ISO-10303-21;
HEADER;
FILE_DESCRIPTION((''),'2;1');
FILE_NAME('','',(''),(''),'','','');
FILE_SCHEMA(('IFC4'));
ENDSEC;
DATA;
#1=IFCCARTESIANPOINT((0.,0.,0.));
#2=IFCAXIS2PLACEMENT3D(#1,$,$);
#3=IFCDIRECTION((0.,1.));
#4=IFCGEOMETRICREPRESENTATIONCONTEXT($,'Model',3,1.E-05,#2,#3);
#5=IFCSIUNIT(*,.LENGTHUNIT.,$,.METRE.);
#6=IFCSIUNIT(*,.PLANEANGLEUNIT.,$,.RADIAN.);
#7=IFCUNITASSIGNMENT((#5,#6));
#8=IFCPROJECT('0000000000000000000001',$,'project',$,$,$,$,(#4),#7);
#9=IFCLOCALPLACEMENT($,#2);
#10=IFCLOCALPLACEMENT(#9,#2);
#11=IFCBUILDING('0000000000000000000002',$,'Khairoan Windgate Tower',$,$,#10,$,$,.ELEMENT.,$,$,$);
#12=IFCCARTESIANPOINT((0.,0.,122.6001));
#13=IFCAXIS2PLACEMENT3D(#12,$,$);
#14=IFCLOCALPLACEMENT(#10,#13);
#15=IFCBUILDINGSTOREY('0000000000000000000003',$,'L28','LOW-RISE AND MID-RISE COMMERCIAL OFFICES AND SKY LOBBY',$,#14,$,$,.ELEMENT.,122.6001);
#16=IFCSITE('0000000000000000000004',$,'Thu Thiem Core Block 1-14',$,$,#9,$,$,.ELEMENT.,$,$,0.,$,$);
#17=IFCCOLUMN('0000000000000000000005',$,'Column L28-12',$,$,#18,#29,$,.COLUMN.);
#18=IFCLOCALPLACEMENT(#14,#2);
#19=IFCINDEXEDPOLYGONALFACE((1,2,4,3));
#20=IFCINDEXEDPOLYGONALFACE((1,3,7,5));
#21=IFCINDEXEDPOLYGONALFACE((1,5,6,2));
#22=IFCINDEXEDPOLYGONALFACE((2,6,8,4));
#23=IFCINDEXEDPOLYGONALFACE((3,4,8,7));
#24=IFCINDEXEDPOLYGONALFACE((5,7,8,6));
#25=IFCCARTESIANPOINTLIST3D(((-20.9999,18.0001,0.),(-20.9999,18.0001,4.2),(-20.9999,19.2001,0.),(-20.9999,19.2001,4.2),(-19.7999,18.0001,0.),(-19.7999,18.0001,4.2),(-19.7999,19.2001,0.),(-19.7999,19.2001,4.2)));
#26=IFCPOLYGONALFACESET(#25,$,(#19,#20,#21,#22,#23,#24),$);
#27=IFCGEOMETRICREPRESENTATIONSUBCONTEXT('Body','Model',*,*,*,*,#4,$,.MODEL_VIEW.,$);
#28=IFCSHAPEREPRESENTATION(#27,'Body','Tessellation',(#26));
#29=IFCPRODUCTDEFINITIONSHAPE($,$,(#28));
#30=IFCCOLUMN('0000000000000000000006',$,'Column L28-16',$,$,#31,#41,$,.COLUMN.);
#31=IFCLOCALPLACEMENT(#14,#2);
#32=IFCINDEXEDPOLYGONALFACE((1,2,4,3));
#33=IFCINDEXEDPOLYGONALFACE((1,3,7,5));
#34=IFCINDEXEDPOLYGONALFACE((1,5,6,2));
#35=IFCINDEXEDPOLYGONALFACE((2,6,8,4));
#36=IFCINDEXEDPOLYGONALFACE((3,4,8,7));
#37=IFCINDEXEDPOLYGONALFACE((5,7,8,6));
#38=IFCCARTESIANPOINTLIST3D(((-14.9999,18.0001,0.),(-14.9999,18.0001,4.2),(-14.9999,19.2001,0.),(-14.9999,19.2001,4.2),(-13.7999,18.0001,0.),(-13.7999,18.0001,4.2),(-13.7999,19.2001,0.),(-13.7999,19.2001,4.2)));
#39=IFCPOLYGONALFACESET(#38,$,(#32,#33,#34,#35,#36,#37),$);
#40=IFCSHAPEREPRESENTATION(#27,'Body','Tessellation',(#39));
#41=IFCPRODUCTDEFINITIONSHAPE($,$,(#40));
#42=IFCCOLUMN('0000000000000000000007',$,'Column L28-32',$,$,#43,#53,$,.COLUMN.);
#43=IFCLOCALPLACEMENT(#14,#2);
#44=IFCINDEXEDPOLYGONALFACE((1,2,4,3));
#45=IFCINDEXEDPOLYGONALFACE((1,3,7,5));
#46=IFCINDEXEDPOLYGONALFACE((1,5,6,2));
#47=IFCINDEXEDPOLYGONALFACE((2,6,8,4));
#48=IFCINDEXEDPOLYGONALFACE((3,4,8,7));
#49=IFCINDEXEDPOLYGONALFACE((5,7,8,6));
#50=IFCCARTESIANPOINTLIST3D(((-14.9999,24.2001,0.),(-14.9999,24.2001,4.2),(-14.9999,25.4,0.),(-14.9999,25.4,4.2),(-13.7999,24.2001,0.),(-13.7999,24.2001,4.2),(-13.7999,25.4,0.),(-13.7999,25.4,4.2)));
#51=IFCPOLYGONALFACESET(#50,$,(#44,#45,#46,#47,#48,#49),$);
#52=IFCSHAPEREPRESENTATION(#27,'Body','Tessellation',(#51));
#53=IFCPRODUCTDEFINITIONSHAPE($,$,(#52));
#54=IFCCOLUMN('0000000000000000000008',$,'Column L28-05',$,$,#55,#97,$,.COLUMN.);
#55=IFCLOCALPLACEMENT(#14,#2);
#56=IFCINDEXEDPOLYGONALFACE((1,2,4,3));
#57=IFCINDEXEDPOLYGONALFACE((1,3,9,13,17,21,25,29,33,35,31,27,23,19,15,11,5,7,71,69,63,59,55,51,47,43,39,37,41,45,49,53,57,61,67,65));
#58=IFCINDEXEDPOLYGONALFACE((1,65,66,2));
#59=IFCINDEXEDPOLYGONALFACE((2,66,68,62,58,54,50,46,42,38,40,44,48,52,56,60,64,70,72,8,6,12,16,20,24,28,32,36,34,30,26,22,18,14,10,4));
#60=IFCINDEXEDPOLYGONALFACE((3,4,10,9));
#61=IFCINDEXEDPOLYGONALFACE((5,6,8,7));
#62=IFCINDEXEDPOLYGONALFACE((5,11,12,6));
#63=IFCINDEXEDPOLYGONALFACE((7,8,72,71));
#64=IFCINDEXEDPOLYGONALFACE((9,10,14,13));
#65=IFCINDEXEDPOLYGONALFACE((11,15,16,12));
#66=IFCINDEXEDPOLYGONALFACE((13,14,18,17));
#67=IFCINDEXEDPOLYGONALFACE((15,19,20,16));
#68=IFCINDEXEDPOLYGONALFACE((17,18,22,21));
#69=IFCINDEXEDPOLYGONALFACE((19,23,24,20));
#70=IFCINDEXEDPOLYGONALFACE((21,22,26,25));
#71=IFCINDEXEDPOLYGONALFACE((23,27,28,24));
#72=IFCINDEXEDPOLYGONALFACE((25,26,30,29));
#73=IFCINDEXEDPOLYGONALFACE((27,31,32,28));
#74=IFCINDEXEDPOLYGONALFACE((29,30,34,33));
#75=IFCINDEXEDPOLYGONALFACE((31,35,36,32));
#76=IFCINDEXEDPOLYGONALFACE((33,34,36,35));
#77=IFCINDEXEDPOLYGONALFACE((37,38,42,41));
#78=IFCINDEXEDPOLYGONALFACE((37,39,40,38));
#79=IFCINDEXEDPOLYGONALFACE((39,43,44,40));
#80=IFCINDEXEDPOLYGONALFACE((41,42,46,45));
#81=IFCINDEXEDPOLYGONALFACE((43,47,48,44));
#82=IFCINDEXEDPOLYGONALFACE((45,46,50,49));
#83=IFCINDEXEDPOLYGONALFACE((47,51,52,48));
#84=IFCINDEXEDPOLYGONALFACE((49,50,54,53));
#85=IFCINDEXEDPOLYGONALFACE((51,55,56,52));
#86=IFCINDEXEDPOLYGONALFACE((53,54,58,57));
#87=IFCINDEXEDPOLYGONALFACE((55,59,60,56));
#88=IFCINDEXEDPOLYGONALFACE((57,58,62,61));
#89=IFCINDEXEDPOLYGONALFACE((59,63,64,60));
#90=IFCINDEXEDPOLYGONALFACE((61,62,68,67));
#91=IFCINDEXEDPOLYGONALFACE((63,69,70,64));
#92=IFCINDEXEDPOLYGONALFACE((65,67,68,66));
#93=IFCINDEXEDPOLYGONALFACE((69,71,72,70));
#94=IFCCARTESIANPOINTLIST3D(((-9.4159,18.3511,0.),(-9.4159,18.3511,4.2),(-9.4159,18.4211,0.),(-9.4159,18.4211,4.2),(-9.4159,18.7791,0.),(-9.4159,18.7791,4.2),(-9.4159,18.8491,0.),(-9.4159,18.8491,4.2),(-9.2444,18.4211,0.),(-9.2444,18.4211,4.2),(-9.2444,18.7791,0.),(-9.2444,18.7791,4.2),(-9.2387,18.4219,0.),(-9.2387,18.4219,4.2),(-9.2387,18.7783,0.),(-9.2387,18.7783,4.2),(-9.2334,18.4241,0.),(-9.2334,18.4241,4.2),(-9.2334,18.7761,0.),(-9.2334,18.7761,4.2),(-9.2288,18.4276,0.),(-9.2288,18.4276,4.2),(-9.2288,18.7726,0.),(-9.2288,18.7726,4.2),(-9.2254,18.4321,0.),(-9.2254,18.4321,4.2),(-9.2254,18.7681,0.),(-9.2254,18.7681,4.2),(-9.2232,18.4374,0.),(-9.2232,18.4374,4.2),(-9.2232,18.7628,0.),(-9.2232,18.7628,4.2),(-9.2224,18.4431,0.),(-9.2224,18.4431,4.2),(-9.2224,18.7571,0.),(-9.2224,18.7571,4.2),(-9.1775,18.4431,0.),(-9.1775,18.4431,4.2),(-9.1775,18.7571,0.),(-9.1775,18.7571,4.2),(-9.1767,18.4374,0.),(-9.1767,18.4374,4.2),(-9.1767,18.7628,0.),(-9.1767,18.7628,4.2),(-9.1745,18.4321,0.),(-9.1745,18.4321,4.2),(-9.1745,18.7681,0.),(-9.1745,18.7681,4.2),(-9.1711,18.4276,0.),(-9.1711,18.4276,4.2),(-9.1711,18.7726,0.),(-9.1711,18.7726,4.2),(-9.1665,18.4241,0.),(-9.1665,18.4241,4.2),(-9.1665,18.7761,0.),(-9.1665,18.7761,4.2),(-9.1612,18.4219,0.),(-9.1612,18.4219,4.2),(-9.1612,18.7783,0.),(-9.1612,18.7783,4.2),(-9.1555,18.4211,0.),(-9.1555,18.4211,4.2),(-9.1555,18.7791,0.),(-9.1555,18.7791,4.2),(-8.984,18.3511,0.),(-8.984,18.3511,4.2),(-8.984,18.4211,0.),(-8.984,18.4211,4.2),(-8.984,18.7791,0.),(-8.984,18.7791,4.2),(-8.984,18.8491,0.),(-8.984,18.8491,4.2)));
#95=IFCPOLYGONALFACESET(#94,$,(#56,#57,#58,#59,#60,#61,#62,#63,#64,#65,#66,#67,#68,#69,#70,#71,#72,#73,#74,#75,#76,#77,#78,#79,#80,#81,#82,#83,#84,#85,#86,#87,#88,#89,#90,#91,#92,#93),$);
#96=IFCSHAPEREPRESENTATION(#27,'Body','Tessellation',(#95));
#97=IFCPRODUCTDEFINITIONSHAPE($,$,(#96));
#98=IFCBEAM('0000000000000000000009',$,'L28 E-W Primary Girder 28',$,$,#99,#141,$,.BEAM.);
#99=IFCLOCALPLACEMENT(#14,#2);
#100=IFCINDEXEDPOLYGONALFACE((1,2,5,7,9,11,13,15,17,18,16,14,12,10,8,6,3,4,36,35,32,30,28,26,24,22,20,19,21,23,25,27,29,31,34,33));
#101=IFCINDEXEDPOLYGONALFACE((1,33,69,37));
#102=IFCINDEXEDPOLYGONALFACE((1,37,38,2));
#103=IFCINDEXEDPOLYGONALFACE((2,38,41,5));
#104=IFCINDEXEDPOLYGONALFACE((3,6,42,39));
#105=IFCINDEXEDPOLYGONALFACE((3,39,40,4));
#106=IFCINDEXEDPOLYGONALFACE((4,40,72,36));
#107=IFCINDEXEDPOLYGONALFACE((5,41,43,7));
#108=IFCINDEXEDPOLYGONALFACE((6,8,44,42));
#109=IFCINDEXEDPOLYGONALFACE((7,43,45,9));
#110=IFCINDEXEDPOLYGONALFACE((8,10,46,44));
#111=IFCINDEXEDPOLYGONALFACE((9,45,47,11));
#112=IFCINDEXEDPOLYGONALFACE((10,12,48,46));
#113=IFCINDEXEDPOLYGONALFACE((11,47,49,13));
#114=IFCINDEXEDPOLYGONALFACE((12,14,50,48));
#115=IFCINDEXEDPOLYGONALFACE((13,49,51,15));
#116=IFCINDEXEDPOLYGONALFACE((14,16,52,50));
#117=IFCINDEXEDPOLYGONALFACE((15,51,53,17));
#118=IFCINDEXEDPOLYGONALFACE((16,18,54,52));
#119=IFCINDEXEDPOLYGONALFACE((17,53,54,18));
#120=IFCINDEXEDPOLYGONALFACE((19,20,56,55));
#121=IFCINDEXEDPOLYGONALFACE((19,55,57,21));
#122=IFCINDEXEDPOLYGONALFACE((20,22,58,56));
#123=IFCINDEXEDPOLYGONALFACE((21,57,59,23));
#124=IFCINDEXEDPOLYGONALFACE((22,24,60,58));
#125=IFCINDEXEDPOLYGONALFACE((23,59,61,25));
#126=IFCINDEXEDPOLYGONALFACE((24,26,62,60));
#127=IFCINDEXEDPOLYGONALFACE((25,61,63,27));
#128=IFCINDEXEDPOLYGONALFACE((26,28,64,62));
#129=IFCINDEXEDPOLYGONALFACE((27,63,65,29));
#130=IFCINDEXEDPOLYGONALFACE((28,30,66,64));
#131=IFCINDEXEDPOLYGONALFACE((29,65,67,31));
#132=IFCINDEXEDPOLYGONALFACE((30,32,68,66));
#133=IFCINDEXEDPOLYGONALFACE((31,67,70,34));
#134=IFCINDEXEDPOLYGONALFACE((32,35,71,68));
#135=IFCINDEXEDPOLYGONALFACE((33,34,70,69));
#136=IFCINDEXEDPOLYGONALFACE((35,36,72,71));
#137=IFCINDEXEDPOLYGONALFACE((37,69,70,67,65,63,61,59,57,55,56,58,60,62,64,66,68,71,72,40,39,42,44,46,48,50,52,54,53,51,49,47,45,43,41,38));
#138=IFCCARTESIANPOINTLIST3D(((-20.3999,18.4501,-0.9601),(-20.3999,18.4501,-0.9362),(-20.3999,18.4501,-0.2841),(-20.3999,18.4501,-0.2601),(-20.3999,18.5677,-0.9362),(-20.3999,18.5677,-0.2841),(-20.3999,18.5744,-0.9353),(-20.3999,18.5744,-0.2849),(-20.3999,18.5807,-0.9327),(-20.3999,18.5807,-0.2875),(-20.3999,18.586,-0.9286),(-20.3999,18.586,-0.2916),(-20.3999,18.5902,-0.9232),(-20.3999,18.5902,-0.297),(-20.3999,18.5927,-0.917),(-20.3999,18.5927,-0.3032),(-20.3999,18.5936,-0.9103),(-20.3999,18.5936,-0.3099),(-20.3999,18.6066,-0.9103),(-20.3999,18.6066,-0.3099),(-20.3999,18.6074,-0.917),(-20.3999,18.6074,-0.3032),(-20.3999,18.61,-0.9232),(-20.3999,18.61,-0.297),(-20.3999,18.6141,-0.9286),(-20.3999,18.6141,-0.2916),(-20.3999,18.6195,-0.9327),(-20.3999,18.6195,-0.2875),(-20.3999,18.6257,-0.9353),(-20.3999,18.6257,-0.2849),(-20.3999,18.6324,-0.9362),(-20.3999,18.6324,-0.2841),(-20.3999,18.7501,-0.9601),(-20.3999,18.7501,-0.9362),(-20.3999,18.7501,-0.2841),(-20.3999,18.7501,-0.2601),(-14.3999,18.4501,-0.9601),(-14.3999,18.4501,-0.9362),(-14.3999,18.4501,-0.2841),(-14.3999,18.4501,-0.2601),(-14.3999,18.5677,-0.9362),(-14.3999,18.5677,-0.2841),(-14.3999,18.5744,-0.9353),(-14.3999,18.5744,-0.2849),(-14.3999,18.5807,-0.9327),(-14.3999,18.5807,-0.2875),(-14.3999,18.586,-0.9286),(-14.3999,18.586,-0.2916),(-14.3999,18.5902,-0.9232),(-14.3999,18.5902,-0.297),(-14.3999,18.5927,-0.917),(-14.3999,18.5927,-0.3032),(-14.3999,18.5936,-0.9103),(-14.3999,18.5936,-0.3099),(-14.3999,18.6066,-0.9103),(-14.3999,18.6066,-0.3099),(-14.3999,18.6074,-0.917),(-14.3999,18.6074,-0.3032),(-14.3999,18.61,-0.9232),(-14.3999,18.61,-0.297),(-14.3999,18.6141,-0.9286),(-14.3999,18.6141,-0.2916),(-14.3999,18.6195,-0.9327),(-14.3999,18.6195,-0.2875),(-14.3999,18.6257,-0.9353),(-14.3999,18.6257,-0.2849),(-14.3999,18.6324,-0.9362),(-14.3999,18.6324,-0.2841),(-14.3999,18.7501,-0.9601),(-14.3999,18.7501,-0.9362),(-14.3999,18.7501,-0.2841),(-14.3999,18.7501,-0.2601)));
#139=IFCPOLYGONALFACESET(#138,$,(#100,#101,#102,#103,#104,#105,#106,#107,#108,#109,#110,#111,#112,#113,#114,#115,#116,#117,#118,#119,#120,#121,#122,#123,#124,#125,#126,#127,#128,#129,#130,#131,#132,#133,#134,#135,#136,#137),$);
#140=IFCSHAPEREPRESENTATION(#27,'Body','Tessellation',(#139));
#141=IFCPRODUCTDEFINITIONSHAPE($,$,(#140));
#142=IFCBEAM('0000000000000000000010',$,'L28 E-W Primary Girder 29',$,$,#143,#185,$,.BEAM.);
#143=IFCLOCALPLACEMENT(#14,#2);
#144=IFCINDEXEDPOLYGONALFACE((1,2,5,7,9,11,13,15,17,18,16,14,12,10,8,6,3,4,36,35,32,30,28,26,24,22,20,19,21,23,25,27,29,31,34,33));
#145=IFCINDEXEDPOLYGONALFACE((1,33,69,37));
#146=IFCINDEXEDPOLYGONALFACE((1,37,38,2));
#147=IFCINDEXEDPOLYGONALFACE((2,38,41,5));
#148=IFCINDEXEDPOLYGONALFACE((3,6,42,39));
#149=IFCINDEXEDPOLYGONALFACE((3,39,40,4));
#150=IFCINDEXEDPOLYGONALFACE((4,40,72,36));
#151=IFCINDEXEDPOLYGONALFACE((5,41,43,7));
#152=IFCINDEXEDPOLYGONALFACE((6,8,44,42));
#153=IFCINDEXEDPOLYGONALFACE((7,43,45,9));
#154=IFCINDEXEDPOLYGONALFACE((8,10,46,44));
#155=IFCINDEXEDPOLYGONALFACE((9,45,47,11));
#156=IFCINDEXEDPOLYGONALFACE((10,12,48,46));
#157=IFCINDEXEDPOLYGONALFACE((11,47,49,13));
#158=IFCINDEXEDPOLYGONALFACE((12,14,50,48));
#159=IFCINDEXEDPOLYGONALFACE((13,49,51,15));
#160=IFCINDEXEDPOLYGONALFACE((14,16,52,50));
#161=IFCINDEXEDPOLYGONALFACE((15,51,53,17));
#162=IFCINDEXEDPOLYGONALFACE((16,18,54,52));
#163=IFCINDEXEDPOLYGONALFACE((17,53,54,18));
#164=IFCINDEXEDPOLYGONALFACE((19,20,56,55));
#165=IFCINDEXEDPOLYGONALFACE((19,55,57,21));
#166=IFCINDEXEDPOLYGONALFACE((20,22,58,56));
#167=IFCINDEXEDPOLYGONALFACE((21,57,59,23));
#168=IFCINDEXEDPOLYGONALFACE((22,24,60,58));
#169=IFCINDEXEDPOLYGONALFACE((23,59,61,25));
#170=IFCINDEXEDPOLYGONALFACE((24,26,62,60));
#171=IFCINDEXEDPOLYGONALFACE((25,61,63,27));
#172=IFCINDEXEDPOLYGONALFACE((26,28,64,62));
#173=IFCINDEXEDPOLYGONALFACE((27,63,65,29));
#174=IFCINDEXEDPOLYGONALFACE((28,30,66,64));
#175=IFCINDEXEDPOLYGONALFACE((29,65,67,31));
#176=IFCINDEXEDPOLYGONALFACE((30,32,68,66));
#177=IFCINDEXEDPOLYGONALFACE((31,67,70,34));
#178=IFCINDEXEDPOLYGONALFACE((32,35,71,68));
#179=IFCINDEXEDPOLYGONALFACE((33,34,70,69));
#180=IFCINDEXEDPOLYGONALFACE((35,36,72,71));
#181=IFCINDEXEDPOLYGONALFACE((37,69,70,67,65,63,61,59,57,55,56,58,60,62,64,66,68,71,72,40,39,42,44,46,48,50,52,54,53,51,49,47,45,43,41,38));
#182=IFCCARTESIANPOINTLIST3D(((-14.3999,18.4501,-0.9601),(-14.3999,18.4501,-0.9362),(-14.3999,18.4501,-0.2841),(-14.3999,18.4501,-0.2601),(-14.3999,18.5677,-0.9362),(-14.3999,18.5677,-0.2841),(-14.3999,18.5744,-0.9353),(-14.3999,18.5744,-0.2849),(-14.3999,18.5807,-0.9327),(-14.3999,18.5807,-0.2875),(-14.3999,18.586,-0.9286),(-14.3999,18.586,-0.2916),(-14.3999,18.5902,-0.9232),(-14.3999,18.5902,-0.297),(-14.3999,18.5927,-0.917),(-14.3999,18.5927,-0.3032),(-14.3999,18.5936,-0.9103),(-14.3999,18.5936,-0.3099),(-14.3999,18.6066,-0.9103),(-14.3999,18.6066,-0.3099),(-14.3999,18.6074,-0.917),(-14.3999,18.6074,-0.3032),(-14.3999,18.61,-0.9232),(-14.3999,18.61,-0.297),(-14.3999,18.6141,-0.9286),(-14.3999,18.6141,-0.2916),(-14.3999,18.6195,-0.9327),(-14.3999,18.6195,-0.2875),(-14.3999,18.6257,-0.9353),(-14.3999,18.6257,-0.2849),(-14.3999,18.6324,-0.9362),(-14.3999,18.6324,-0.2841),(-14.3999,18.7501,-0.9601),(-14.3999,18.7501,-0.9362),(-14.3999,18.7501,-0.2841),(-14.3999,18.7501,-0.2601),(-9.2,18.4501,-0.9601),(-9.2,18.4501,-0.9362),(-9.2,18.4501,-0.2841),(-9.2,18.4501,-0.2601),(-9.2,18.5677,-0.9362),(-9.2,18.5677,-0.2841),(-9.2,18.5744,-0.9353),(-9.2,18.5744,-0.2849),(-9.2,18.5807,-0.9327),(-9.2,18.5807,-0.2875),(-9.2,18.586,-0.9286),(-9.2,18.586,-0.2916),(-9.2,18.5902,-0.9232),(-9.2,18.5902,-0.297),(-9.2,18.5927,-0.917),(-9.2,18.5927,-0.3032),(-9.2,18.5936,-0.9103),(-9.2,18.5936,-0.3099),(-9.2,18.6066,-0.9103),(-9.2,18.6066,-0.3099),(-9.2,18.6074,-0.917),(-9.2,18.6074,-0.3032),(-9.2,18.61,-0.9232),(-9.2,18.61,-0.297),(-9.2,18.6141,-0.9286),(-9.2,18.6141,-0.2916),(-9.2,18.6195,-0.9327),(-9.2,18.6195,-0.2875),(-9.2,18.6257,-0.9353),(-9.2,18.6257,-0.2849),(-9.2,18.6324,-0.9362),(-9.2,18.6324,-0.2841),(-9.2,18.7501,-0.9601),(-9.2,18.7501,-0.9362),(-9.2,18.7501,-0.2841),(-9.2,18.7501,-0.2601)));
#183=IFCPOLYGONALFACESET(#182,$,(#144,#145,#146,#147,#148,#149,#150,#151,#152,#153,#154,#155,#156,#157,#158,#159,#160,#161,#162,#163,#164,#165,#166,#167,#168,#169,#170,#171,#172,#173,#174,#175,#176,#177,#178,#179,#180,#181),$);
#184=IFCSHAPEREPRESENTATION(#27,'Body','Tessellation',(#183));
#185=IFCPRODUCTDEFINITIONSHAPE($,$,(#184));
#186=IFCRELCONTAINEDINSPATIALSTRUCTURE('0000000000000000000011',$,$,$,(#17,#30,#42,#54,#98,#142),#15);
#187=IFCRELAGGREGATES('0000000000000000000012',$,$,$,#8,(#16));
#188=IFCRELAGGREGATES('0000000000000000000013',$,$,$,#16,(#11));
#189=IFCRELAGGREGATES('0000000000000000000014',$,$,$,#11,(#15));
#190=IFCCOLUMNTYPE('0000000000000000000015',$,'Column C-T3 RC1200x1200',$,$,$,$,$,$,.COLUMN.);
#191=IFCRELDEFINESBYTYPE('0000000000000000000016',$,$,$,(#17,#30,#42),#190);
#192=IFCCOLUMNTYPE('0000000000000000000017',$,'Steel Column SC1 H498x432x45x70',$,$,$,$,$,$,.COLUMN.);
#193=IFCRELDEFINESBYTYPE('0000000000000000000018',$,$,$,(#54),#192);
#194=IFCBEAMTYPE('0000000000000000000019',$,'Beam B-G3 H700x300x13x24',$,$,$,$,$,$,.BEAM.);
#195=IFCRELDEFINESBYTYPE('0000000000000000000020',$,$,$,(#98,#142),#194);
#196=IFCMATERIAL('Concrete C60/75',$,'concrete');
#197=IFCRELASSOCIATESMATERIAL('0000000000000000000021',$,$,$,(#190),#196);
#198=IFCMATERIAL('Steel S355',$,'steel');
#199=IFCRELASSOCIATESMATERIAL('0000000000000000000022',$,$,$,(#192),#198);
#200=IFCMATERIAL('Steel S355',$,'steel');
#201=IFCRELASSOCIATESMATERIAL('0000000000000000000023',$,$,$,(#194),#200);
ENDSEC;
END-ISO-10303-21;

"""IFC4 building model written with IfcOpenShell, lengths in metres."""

from ifc_helpers import new_model, si_unit, direction, frame, origin, origin_2d, place, context, subcontext, project, spatial, rectangle, i_section, extrude, material, material_profile, profile_set, type_object, element, save


model = new_model("IFC4")

# Units and contexts
model_context = context("Model", 3, precision=1e-05, world=origin(), true_north=direction((0.0, 1.0)))
body_context = subcontext(model_context, "Body", "Model", "MODEL_VIEW")
ifc_project = project(units=[si_unit("LENGTHUNIT", "METRE"), si_unit("PLANEANGLEUNIT", "RADIAN")], contexts=[model_context])

# Site, building, storey
site_placement = place(None, origin())
site = spatial("IfcSite", under=ifc_project, at=site_placement, Name="Thu Thiem Core Block 1-14", CompositionType="ELEMENT", RefElevation=0.0)
building_placement = place(site_placement, origin())
building = spatial("IfcBuilding", under=site, at=building_placement, Name="Khairoan Windgate Tower", CompositionType="ELEMENT")
storey_placement = place(building_placement, frame((0.0, 0.0, 122.6001)))
storey = spatial("IfcBuildingStorey", under=building, at=storey_placement, Name="L28", Description="LOW-RISE AND MID-RISE COMMERCIAL OFFICES AND SKY LOBBY", CompositionType="ELEMENT", Elevation=122.6001)

# Columns
ifc_material_1 = material(Name="Concrete C60/75", Category="concrete")
ifc_material_profile_1 = material_profile(ifc_material_1, rectangle(XDim=1.2, YDim=1.2, at=origin_2d()))
ifc_profile_set_1 = profile_set([ifc_material_profile_1], Name="Concrete C60/75")
column_type_1 = type_object("IfcColumnType", Name="Column C-T3 RC1200x1200", PredefinedType="COLUMN", material=ifc_profile_set_1)
for number, where, z_axis, x_axis, name in (
    (1, (-20.3999, 18.6001, 0.0), (0.0, 0.0, 1.0), (1.0, 0.0, 0.0), "Column L28-12"),
    (2, (-14.3999, 18.6001, 0.0), (0.0, 0.0, 1.0), (1.0, 0.0, 0.0), "Column L28-16"),
    (3, (-14.3999, 24.8, 0.0), (0.0, 0.0, 1.0), (1.0, 0.0, 0.0), "Column L28-32"),
):
    element("IfcColumn", number, at=place(storey_placement, frame(where, z_axis=z_axis, x_axis=x_axis)), inside=storey, type_object=column_type_1, Name=name, PredefinedType="COLUMN", context=body_context, shape_type="SweptSolid", body=[
        extrude(rectangle(XDim=1.2, YDim=1.2, at=origin_2d()), origin(), (0.0, 0.0, 1.0), 4.2),
    ])
ifc_material_2 = material(Name="Steel S355", Category="steel")
ifc_material_profile_2 = material_profile(ifc_material_2, i_section(OverallWidth=0.4319, OverallDepth=0.498, WebThickness=0.0449, FlangeThickness=0.0701, FilletRadius=0.022, at=origin_2d()))
ifc_profile_set_2 = profile_set([ifc_material_profile_2], Name="Steel S355")
column_type_2 = type_object("IfcColumnType", Name="Steel Column SC1 H498x432x45x70", PredefinedType="COLUMN", material=ifc_profile_set_2)
column_placement = place(storey_placement, frame((-9.2, 18.6001, 0.0), z_axis=(0.0, 0.0, 1.0), x_axis=(1.0, 0.0, 0.0)))
element("IfcColumn", 4, at=column_placement, inside=storey, type_object=column_type_2, Name="Column L28-05", PredefinedType="COLUMN", context=body_context, shape_type="SweptSolid", body=[
    extrude(i_section(OverallWidth=0.4319, OverallDepth=0.498, WebThickness=0.0449, FlangeThickness=0.0701, FilletRadius=0.022, at=origin_2d()), origin(), (0.0, 0.0, 1.0), 4.2),
])

# Beams
ifc_material_3 = material(Name="Steel S355", Category="steel")
ifc_material_profile_3 = material_profile(ifc_material_3, i_section(OverallWidth=0.3, OverallDepth=0.7, WebThickness=0.0129, FlangeThickness=0.0239, FilletRadius=0.0259, at=origin_2d()))
ifc_profile_set_3 = profile_set([ifc_material_profile_3], Name="Steel S355")
beam_type = type_object("IfcBeamType", Name="Beam B-G3 H700x300x13x24", PredefinedType="BEAM", material=ifc_profile_set_3)
beam_1_placement = place(storey_placement, frame((-20.3999, 18.6001, -0.6101), z_axis=(1.0, 0.0, 0.0), x_axis=(0.0, 1.0, 0.0)))
element("IfcBeam", 5, at=beam_1_placement, inside=storey, type_object=beam_type, Name="L28 E-W Primary Girder 28", PredefinedType="BEAM", context=body_context, shape_type="SweptSolid", body=[
    extrude(i_section(OverallWidth=0.3, OverallDepth=0.7, WebThickness=0.0129, FlangeThickness=0.0239, FilletRadius=0.0259, at=origin_2d()), origin(), (0.0, 0.0, 1.0), 6.0),
])
beam_2_placement = place(storey_placement, frame((-14.3999, 18.6001, -0.6101), z_axis=(1.0, 0.0, 0.0), x_axis=(0.0, 1.0, 0.0)))
element("IfcBeam", 6, at=beam_2_placement, inside=storey, type_object=beam_type, Name="L28 E-W Primary Girder 29", PredefinedType="BEAM", context=body_context, shape_type="SweptSolid", body=[
    extrude(i_section(OverallWidth=0.3, OverallDepth=0.7, WebThickness=0.0129, FlangeThickness=0.0239, FilletRadius=0.0259, at=origin_2d()), origin(), (0.0, 0.0, 1.0), 5.2),
])

save(model, "model.ifc")
